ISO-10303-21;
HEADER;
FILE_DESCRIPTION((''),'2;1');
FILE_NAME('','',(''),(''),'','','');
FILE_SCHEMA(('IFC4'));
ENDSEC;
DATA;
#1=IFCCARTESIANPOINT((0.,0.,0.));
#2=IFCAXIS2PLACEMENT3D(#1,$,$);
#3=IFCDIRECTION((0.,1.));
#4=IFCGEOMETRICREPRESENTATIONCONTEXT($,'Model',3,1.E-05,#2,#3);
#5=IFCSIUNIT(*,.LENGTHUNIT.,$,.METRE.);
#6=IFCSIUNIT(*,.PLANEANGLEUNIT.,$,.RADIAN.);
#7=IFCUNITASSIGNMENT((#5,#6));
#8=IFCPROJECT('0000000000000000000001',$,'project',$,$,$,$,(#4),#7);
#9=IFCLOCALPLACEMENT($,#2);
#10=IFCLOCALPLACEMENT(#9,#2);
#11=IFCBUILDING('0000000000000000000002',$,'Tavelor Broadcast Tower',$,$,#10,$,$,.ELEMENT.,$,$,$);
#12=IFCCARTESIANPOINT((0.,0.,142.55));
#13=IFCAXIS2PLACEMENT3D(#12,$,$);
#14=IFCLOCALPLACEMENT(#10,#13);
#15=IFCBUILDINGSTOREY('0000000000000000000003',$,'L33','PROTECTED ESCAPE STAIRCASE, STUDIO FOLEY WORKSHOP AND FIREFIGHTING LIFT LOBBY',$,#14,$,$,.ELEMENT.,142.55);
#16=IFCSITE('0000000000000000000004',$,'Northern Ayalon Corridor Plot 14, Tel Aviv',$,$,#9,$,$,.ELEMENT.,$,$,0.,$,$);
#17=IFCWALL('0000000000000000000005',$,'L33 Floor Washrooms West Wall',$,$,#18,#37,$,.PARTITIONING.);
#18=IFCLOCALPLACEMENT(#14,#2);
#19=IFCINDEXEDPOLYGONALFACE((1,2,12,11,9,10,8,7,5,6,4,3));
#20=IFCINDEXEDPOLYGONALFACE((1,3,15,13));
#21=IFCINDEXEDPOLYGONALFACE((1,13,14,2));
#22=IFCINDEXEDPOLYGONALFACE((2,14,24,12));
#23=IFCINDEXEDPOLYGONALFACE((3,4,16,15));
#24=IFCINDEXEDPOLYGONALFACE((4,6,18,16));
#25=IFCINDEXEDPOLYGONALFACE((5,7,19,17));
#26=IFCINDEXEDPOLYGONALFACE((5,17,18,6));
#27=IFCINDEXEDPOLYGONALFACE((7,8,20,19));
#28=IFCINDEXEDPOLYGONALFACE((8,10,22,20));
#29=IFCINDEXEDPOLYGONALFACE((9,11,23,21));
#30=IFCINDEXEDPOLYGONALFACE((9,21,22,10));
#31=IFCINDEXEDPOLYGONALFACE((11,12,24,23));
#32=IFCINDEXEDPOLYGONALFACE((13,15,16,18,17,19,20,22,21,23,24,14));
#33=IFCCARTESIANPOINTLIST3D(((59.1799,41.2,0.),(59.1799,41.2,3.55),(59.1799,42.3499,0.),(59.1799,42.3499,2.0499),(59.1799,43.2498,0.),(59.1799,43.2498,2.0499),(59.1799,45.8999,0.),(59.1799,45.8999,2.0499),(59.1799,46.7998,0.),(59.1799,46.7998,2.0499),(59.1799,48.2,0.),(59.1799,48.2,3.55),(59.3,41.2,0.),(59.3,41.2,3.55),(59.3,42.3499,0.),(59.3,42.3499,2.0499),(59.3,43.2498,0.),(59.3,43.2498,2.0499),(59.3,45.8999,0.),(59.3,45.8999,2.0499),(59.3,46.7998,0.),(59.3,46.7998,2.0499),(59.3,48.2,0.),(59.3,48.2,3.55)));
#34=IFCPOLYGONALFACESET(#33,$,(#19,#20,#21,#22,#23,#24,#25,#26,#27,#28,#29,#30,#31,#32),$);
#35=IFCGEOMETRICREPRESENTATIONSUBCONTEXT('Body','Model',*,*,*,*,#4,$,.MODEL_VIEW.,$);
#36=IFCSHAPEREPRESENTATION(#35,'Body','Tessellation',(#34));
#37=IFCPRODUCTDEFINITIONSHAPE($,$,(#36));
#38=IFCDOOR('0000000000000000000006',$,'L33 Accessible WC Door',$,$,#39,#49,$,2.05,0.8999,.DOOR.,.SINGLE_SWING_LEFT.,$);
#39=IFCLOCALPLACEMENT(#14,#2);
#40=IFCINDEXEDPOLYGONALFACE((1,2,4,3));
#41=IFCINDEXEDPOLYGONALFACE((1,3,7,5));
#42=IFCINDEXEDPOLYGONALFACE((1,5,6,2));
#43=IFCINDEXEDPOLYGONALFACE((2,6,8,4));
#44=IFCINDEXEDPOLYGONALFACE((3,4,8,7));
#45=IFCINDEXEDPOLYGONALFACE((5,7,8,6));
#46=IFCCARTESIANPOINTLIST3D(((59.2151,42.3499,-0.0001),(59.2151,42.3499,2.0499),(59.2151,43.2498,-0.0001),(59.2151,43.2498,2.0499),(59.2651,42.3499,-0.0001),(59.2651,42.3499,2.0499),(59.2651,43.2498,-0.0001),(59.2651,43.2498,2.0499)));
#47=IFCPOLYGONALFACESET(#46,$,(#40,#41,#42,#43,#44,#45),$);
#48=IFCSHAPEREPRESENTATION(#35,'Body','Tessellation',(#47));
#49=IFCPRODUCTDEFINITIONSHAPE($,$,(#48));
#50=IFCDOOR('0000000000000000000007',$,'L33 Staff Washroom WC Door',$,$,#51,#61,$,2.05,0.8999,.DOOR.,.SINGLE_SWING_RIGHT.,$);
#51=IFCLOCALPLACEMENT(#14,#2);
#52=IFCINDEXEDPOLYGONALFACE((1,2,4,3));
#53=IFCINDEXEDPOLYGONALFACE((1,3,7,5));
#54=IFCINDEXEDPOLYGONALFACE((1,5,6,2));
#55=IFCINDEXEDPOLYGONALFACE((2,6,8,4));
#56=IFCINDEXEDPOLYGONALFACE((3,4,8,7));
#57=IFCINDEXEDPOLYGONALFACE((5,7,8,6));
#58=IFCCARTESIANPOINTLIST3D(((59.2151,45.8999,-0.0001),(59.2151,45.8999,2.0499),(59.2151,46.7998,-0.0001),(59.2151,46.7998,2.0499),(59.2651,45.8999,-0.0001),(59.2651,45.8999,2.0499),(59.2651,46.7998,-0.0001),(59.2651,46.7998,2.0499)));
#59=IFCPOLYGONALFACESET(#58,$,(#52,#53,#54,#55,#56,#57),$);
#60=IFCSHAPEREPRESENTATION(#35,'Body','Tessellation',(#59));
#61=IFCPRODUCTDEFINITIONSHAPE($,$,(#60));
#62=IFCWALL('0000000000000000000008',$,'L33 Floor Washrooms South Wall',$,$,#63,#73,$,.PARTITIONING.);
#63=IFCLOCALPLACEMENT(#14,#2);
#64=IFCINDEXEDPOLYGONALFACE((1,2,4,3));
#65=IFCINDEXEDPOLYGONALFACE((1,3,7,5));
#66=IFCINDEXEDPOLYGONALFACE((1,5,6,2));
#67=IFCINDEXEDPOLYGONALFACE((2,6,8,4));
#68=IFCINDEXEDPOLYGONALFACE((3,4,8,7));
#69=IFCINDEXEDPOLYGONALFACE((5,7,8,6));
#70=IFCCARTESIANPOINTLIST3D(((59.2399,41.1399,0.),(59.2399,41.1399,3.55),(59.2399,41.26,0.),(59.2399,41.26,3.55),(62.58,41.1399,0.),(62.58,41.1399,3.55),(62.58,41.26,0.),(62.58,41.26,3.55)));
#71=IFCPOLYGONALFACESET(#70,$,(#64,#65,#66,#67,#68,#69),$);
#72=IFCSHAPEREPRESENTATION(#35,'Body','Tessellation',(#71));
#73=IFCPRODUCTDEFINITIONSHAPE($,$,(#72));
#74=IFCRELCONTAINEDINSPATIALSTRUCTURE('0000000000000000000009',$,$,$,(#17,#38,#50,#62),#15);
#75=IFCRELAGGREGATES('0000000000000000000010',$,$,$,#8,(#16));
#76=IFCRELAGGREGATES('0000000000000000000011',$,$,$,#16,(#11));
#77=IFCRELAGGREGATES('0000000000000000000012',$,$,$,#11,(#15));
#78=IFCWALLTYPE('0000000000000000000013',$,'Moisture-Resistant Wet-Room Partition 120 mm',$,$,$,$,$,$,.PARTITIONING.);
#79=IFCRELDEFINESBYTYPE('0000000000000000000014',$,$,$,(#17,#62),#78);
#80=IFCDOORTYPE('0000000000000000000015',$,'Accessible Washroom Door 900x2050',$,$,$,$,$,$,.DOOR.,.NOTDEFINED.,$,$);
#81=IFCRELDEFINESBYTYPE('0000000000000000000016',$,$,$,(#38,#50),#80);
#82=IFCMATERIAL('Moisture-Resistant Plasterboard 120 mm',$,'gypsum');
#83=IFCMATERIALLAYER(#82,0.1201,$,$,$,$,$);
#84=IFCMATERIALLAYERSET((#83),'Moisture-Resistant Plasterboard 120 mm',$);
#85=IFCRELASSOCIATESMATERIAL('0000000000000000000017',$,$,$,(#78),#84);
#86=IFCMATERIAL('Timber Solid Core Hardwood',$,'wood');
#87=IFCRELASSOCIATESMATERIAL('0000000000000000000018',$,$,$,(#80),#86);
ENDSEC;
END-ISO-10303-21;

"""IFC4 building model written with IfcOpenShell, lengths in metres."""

from ifc_helpers import new_model, si_unit, direction, frame, frame_2d, origin, place, context, subcontext, project, spatial, rectangle, extrude, material, layer, layer_set, type_object, element, fill, save


model = new_model("IFC4")

# Units and contexts
model_context = context("Model", 3, precision=1e-05, world=origin(), true_north=direction((0.0, 1.0)))
body_context = subcontext(model_context, "Body", "Model", "MODEL_VIEW")
ifc_project = project(units=[si_unit("LENGTHUNIT", "METRE"), si_unit("PLANEANGLEUNIT", "RADIAN")], contexts=[model_context])

# Site, building, storey
site_placement = place(None, origin())
site = spatial("IfcSite", under=ifc_project, at=site_placement, Name="Northern Ayalon Corridor Plot 14, Tel Aviv", CompositionType="ELEMENT", RefElevation=0.0)
building_placement = place(site_placement, origin())
building = spatial("IfcBuilding", under=site, at=building_placement, Name="Tavelor Broadcast Tower", CompositionType="ELEMENT")
storey_placement = place(building_placement, frame((0.0, 0.0, 142.55)))
storey = spatial("IfcBuildingStorey", under=building, at=storey_placement, Name="L33", Description="PROTECTED ESCAPE STAIRCASE, STUDIO FOLEY WORKSHOP AND FIREFIGHTING LIFT LOBBY", CompositionType="ELEMENT", Elevation=142.55)

# Shared definitions
ifc_material_1 = material(Name="Timber Solid Core Hardwood", Category="wood")

# Wall, openings, doors
ifc_material_2 = material(Name="Moisture-Resistant Plasterboard 120 mm", Category="gypsum")
ifc_layer_1 = layer(ifc_material_2, 0.1201)
ifc_layer_set_1 = layer_set([ifc_layer_1], Name="Moisture-Resistant Plasterboard 120 mm")
wall_type_1 = type_object("IfcWallType", Name="Moisture-Resistant Wet-Room Partition 120 mm", PredefinedType="PARTITIONING", material=ifc_layer_set_1)
wall_1_placement = place(storey_placement, frame((59.24, 41.2, 0.0), z_axis=(0.0, 0.0, 1.0), x_axis=(0.0, 1.0, 0.0)))
wall_1 = element("IfcWall", 1, at=wall_1_placement, inside=storey, type_object=wall_type_1, Name="L33 Floor Washrooms West Wall", PredefinedType="PARTITIONING", context=body_context, shape_type="SweptSolid", body=[
    extrude(rectangle(XDim=7.0, YDim=0.1201, at=frame_2d((3.5, 0.0))), origin(), (0.0, 0.0, 1.0), 3.55),
])
opening_1_placement = place(wall_1_placement, frame((1.1499, 0.0, 0.0)))
opening_1 = element("IfcOpeningElement", 2, at=opening_1_placement, cuts=wall_1, PredefinedType="OPENING", context=body_context, shape_type="SweptSolid", body=[
    extrude(rectangle(XDim=0.8999, YDim=2.05, at=frame_2d((0.45, 1.0249))), frame((0.0, 0.0701, 0.0), z_axis=(0.0, -1.0, 0.0), x_axis=(1.0, 0.0, 0.0)), (0.0, 0.0, 1.0), 0.1401),
])
opening_2_placement = place(wall_1_placement, frame((4.7, 0.0, 0.0)))
opening_2 = element("IfcOpeningElement", 3, at=opening_2_placement, cuts=wall_1, PredefinedType="OPENING", context=body_context, shape_type="SweptSolid", body=[
    extrude(rectangle(XDim=0.8999, YDim=2.05, at=frame_2d((0.45, 1.0249))), frame((0.0, 0.0701, 0.0), z_axis=(0.0, -1.0, 0.0), x_axis=(1.0, 0.0, 0.0)), (0.0, 0.0, 1.0), 0.1401),
])
door_type_1 = type_object("IfcDoorType", Name="Accessible Washroom Door 900x2050", OperationType="NOTDEFINED", PredefinedType="DOOR", material=ifc_material_1)
door_1_placement = place(opening_1_placement, origin())
door_1 = element("IfcDoor", 4, at=door_1_placement, inside=storey, type_object=door_type_1, Name="L33 Accessible WC Door", OperationType="SINGLE_SWING_LEFT", OverallHeight=2.05, OverallWidth=0.8999, PredefinedType="DOOR", context=body_context, shape_type="SweptSolid", body=[
    extrude(rectangle(XDim=0.8999, YDim=2.05, at=frame_2d((0.45, 1.0249))), frame((0.0, 0.0249, 0.0), z_axis=(0.0, -1.0, 0.0), x_axis=(1.0, 0.0, 0.0)), (0.0, 0.0, 1.0), 0.05),
])
fill(opening_1, door_1)
door_2_placement = place(opening_2_placement, origin())
door_2 = element("IfcDoor", 5, at=door_2_placement, inside=storey, type_object=door_type_1, Name="L33 Staff Washroom WC Door", OperationType="SINGLE_SWING_RIGHT", OverallHeight=2.05, OverallWidth=0.8999, PredefinedType="DOOR", context=body_context, shape_type="SweptSolid", body=[
    extrude(rectangle(XDim=0.8999, YDim=2.05, at=frame_2d((0.45, 1.0249))), frame((0.0, 0.0249, 0.0), z_axis=(0.0, -1.0, 0.0), x_axis=(1.0, 0.0, 0.0)), (0.0, 0.0, 1.0), 0.05),
])
fill(opening_2, door_2)

# Wall
wall_2_placement = place(storey_placement, frame((59.24, 41.2, 0.0), z_axis=(0.0, 0.0, 1.0), x_axis=(1.0, 0.0, 0.0)))
element("IfcWall", 6, at=wall_2_placement, inside=storey, type_object=wall_type_1, Name="L33 Floor Washrooms South Wall", PredefinedType="PARTITIONING", context=body_context, shape_type="SweptSolid", body=[
    extrude(rectangle(XDim=3.3401, YDim=0.1201, at=frame_2d((1.6699, 0.0))), origin(), (0.0, 0.0, 1.0), 3.55),
])

save(model, "model.ifc")
